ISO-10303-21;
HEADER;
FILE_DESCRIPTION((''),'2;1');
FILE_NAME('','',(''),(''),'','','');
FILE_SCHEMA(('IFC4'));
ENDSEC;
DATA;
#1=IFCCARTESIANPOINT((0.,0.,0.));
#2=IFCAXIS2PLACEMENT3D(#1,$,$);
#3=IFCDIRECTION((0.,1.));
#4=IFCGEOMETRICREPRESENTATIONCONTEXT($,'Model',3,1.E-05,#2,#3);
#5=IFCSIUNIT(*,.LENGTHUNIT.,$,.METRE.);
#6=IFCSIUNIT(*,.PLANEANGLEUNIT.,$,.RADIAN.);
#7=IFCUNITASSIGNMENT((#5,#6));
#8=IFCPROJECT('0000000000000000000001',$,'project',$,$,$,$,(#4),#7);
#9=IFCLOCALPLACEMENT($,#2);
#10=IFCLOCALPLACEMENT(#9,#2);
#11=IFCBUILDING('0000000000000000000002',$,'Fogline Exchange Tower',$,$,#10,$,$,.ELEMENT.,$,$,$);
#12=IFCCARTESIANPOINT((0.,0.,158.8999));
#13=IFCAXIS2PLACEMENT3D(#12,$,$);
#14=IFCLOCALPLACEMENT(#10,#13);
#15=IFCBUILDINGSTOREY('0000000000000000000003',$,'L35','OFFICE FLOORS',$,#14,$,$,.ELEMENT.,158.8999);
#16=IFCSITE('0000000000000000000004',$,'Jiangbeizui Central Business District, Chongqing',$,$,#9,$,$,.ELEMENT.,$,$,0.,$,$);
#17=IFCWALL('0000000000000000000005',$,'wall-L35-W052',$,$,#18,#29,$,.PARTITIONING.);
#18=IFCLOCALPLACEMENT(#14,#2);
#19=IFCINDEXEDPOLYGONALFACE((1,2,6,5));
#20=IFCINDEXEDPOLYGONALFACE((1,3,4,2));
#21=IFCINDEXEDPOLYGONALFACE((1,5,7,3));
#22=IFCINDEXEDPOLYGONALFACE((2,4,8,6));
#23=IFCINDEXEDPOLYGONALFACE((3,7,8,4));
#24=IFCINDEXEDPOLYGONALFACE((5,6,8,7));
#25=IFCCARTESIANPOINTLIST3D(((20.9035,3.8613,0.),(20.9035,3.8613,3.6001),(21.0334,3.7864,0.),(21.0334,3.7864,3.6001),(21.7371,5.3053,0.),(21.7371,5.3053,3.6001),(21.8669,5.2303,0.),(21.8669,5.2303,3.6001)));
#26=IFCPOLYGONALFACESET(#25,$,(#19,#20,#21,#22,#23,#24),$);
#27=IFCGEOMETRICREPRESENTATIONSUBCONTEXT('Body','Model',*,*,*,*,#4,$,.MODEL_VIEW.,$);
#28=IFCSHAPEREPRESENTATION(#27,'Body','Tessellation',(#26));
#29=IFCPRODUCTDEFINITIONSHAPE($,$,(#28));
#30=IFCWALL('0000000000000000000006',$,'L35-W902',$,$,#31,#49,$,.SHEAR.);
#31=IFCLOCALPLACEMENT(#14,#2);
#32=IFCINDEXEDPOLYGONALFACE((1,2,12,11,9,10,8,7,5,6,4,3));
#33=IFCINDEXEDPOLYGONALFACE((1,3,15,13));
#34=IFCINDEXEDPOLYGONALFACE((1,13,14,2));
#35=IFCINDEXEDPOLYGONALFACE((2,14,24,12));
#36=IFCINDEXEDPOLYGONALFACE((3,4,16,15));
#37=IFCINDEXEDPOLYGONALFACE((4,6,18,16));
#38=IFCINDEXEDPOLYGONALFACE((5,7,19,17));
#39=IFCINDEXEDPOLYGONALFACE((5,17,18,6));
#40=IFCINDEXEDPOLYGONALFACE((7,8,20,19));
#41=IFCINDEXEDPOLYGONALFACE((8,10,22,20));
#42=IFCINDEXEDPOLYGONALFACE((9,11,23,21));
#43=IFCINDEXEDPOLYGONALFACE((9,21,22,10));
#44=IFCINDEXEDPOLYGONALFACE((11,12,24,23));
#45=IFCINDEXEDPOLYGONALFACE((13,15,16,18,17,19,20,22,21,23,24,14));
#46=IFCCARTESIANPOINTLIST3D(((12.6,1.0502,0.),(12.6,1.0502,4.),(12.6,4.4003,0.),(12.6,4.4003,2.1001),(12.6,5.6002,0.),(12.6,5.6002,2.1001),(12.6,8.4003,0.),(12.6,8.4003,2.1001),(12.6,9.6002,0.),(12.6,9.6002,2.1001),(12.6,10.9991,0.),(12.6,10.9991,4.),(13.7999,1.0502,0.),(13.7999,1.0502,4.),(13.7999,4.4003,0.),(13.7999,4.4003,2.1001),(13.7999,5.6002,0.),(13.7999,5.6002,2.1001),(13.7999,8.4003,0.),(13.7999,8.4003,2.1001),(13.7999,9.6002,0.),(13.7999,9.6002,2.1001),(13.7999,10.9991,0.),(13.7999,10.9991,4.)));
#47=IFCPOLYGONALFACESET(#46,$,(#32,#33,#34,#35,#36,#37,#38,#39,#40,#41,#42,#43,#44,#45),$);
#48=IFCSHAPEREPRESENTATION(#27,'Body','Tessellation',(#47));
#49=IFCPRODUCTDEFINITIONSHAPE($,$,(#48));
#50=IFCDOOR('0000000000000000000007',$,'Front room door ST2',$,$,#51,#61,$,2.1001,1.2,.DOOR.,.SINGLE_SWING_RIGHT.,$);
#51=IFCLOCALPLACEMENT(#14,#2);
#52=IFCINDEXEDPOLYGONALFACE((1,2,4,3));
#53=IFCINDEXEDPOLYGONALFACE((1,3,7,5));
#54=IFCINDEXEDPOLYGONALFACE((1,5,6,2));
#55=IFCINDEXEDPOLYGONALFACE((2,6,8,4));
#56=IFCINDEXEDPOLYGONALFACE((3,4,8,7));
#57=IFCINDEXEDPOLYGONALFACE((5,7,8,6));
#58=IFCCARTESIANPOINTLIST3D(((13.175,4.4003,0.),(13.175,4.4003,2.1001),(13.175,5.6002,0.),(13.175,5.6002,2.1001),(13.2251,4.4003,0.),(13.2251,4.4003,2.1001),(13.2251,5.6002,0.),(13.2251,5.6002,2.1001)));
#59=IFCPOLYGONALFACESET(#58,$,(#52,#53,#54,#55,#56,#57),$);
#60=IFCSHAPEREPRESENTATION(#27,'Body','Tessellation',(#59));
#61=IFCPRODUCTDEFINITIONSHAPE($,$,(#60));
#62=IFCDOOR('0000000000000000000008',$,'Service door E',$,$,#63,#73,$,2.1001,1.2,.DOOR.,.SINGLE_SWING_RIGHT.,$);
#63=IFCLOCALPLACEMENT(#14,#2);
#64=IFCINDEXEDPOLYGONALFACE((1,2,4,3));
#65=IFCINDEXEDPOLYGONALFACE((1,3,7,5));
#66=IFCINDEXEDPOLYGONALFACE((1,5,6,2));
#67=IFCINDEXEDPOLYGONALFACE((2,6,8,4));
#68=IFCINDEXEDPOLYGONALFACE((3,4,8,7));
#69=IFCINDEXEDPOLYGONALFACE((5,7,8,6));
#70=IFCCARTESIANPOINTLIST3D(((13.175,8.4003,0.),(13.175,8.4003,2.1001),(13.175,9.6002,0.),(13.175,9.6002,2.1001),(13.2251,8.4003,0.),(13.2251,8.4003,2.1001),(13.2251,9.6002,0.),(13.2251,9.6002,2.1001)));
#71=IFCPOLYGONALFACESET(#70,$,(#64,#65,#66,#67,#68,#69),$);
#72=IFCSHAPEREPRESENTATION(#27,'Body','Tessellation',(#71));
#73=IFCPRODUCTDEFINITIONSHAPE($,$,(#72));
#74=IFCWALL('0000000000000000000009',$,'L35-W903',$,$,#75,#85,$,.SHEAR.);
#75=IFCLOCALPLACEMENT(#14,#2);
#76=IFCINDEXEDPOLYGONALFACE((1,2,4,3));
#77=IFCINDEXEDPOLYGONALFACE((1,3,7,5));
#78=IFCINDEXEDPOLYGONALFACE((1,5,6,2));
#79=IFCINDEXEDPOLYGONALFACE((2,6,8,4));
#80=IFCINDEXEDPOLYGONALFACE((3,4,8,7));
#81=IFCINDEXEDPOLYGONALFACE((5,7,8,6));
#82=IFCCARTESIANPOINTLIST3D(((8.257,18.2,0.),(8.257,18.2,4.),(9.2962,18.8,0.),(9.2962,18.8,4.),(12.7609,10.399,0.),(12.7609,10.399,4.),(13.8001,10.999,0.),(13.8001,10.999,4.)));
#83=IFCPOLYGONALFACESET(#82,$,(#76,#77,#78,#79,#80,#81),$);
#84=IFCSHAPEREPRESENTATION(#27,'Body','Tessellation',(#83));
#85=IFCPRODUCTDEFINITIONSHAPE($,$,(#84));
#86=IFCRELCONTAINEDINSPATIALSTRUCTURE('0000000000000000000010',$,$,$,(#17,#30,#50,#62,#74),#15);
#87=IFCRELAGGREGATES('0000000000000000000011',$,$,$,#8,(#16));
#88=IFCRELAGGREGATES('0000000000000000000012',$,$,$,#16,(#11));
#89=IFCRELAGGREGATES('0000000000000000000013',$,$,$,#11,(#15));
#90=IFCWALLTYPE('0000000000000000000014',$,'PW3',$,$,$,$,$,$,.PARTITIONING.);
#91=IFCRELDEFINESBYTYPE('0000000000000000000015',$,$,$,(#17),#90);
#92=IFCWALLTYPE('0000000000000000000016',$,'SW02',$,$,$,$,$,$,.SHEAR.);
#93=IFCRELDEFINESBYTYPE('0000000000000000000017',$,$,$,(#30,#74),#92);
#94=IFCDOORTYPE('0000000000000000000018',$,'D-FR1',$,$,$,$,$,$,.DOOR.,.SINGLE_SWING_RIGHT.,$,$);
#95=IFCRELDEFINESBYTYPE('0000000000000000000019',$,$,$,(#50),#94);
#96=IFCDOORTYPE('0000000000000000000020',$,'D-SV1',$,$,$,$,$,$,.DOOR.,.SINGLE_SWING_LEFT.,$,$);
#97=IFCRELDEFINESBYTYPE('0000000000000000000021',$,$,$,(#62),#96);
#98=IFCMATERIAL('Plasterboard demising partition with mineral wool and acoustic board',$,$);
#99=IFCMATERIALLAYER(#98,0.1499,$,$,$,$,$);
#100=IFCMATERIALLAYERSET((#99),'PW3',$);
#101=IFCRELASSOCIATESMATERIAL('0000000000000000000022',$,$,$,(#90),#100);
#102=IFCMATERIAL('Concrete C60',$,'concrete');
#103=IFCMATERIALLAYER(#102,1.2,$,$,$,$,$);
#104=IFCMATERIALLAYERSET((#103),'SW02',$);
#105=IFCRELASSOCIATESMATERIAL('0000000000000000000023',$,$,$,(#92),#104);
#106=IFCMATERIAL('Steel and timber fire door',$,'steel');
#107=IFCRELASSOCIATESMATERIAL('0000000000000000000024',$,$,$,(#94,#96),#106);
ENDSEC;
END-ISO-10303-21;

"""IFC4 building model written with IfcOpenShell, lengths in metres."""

from ifc_helpers import new_model, si_unit, direction, frame, frame_2d, origin, place, context, subcontext, project, spatial, rectangle, extrude, material, layer, layer_set, type_object, element, fill, save


model = new_model("IFC4")

# Units and contexts
model_context = context("Model", 3, precision=1e-05, world=origin(), true_north=direction((0.0, 1.0)))
body_context = subcontext(model_context, "Body", "Model", "MODEL_VIEW")
ifc_project = project(units=[si_unit("LENGTHUNIT", "METRE"), si_unit("PLANEANGLEUNIT", "RADIAN")], contexts=[model_context])

# Site, building, storey
site_placement = place(None, origin())
site = spatial("IfcSite", under=ifc_project, at=site_placement, Name="Jiangbeizui Central Business District, Chongqing", CompositionType="ELEMENT", RefElevation=0.0)
building_placement = place(site_placement, origin())
building = spatial("IfcBuilding", under=site, at=building_placement, Name="Fogline Exchange Tower", CompositionType="ELEMENT")
storey_placement = place(building_placement, frame((0.0, 0.0, 158.8999)))
storey = spatial("IfcBuildingStorey", under=building, at=storey_placement, Name="L35", Description="OFFICE FLOORS", CompositionType="ELEMENT", Elevation=158.8999)

# Shared definitions
ifc_material_1 = material(Name="Steel and timber fire door", Category="steel")

# Wall
ifc_material_2 = material(Name="Plasterboard demising partition with mineral wool and acoustic board")
ifc_layer_1 = layer(ifc_material_2, 0.1499)
ifc_layer_set_1 = layer_set([ifc_layer_1], Name="PW3")
wall_type_1 = type_object("IfcWallType", Name="PW3", PredefinedType="PARTITIONING", material=ifc_layer_set_1)
wall_1_placement = place(storey_placement, frame((20.9685, 3.824, 0.0), z_axis=(0.0, 0.0, 1.0), x_axis=(0.499951, 0.866054, 0.0)))
element("IfcWall", 1, at=wall_1_placement, inside=storey, type_object=wall_type_1, Name="wall-L35-W052", PredefinedType="PARTITIONING", context=body_context, shape_type="SweptSolid", body=[
    extrude(rectangle(XDim=1.6672, YDim=0.1499, at=frame_2d((0.8335, 0.0))), origin(), (0.0, 0.0, 1.0), 3.6001),
])

# Wall, openings, doors
ifc_material_3 = material(Name="Concrete C60", Category="concrete")
ifc_layer_2 = layer(ifc_material_3, 1.2)
ifc_layer_set_2 = layer_set([ifc_layer_2], Name="SW02")
wall_type_2 = type_object("IfcWallType", Name="SW02", PredefinedType="SHEAR", material=ifc_layer_set_2)
wall_2_placement = place(storey_placement, frame((13.2, 1.05, 0.0), z_axis=(0.0, 0.0, 1.0), x_axis=(0.0, 1.0, 0.0)))
wall_2 = element("IfcWall", 2, at=wall_2_placement, inside=storey, type_object=wall_type_2, Name="L35-W902", PredefinedType="SHEAR", context=body_context, shape_type="SweptSolid", body=[
    extrude(rectangle(XDim=9.949, YDim=1.2, at=frame_2d((4.9746, 0.0))), origin(), (0.0, 0.0, 1.0), 4.0),
])
opening_1_placement = place(wall_2_placement, frame((3.3501, 0.0, 0.0)))
opening_1 = element("IfcOpeningElement", 3, at=opening_1_placement, cuts=wall_2, PredefinedType="OPENING", context=body_context, shape_type="SweptSolid", body=[
    extrude(rectangle(XDim=1.2, YDim=2.1001, at=frame_2d((0.6001, 1.05))), frame((0.0, 0.6099, 0.0), z_axis=(0.0, -1.0, 0.0), x_axis=(1.0, 0.0, 0.0)), (0.0, 0.0, 1.0), 1.22),
])
opening_2_placement = place(wall_2_placement, frame((7.3501, 0.0, 0.0)))
opening_2 = element("IfcOpeningElement", 4, at=opening_2_placement, cuts=wall_2, PredefinedType="OPENING", context=body_context, shape_type="SweptSolid", body=[
    extrude(rectangle(XDim=1.2, YDim=2.1001, at=frame_2d((0.6001, 1.05))), frame((0.0, 0.6099, 0.0), z_axis=(0.0, -1.0, 0.0), x_axis=(1.0, 0.0, 0.0)), (0.0, 0.0, 1.0), 1.22),
])
door_type_1 = type_object("IfcDoorType", Name="D-FR1", OperationType="SINGLE_SWING_RIGHT", PredefinedType="DOOR", material=ifc_material_1)
door_1_placement = place(opening_1_placement, origin())
door_1 = element("IfcDoor", 5, at=door_1_placement, inside=storey, type_object=door_type_1, Name="Front room door ST2", OperationType="SINGLE_SWING_RIGHT", OverallHeight=2.1001, OverallWidth=1.2, PredefinedType="DOOR", context=body_context, shape_type="SweptSolid", body=[
    extrude(rectangle(XDim=1.2, YDim=2.1001, at=frame_2d((0.6001, 1.05))), frame((0.0, 0.0249, 0.0), z_axis=(0.0, -1.0, 0.0), x_axis=(1.0, 0.0, 0.0)), (0.0, 0.0, 1.0), 0.05),
])
fill(opening_1, door_1)
door_type_2 = type_object("IfcDoorType", Name="D-SV1", OperationType="SINGLE_SWING_LEFT", PredefinedType="DOOR", material=ifc_material_1)
door_2_placement = place(opening_2_placement, origin())
door_2 = element("IfcDoor", 6, at=door_2_placement, inside=storey, type_object=door_type_2, Name="Service door E", OperationType="SINGLE_SWING_RIGHT", OverallHeight=2.1001, OverallWidth=1.2, PredefinedType="DOOR", context=body_context, shape_type="SweptSolid", body=[
    extrude(rectangle(XDim=1.2, YDim=2.1001, at=frame_2d((0.6001, 1.05))), frame((0.0, 0.0249, 0.0), z_axis=(0.0, -1.0, 0.0), x_axis=(1.0, 0.0, 0.0)), (0.0, 0.0, 1.0), 0.05),
])
fill(opening_2, door_2)

# Wall
wall_3_placement = place(storey_placement, frame((13.2805, 10.699, 0.0), z_axis=(0.0, 0.0, 1.0), x_axis=(-0.499999, 0.866026, 0.0)))
element("IfcWall", 7, at=wall_3_placement, inside=storey, type_object=wall_type_2, Name="L35-W903", PredefinedType="SHEAR", context=body_context, shape_type="SweptSolid", body=[
    extrude(rectangle(XDim=9.0078, YDim=1.2, at=frame_2d((4.5039, 0.0))), origin(), (0.0, 0.0, 1.0), 4.0),
])

save(model, "model.ifc")
